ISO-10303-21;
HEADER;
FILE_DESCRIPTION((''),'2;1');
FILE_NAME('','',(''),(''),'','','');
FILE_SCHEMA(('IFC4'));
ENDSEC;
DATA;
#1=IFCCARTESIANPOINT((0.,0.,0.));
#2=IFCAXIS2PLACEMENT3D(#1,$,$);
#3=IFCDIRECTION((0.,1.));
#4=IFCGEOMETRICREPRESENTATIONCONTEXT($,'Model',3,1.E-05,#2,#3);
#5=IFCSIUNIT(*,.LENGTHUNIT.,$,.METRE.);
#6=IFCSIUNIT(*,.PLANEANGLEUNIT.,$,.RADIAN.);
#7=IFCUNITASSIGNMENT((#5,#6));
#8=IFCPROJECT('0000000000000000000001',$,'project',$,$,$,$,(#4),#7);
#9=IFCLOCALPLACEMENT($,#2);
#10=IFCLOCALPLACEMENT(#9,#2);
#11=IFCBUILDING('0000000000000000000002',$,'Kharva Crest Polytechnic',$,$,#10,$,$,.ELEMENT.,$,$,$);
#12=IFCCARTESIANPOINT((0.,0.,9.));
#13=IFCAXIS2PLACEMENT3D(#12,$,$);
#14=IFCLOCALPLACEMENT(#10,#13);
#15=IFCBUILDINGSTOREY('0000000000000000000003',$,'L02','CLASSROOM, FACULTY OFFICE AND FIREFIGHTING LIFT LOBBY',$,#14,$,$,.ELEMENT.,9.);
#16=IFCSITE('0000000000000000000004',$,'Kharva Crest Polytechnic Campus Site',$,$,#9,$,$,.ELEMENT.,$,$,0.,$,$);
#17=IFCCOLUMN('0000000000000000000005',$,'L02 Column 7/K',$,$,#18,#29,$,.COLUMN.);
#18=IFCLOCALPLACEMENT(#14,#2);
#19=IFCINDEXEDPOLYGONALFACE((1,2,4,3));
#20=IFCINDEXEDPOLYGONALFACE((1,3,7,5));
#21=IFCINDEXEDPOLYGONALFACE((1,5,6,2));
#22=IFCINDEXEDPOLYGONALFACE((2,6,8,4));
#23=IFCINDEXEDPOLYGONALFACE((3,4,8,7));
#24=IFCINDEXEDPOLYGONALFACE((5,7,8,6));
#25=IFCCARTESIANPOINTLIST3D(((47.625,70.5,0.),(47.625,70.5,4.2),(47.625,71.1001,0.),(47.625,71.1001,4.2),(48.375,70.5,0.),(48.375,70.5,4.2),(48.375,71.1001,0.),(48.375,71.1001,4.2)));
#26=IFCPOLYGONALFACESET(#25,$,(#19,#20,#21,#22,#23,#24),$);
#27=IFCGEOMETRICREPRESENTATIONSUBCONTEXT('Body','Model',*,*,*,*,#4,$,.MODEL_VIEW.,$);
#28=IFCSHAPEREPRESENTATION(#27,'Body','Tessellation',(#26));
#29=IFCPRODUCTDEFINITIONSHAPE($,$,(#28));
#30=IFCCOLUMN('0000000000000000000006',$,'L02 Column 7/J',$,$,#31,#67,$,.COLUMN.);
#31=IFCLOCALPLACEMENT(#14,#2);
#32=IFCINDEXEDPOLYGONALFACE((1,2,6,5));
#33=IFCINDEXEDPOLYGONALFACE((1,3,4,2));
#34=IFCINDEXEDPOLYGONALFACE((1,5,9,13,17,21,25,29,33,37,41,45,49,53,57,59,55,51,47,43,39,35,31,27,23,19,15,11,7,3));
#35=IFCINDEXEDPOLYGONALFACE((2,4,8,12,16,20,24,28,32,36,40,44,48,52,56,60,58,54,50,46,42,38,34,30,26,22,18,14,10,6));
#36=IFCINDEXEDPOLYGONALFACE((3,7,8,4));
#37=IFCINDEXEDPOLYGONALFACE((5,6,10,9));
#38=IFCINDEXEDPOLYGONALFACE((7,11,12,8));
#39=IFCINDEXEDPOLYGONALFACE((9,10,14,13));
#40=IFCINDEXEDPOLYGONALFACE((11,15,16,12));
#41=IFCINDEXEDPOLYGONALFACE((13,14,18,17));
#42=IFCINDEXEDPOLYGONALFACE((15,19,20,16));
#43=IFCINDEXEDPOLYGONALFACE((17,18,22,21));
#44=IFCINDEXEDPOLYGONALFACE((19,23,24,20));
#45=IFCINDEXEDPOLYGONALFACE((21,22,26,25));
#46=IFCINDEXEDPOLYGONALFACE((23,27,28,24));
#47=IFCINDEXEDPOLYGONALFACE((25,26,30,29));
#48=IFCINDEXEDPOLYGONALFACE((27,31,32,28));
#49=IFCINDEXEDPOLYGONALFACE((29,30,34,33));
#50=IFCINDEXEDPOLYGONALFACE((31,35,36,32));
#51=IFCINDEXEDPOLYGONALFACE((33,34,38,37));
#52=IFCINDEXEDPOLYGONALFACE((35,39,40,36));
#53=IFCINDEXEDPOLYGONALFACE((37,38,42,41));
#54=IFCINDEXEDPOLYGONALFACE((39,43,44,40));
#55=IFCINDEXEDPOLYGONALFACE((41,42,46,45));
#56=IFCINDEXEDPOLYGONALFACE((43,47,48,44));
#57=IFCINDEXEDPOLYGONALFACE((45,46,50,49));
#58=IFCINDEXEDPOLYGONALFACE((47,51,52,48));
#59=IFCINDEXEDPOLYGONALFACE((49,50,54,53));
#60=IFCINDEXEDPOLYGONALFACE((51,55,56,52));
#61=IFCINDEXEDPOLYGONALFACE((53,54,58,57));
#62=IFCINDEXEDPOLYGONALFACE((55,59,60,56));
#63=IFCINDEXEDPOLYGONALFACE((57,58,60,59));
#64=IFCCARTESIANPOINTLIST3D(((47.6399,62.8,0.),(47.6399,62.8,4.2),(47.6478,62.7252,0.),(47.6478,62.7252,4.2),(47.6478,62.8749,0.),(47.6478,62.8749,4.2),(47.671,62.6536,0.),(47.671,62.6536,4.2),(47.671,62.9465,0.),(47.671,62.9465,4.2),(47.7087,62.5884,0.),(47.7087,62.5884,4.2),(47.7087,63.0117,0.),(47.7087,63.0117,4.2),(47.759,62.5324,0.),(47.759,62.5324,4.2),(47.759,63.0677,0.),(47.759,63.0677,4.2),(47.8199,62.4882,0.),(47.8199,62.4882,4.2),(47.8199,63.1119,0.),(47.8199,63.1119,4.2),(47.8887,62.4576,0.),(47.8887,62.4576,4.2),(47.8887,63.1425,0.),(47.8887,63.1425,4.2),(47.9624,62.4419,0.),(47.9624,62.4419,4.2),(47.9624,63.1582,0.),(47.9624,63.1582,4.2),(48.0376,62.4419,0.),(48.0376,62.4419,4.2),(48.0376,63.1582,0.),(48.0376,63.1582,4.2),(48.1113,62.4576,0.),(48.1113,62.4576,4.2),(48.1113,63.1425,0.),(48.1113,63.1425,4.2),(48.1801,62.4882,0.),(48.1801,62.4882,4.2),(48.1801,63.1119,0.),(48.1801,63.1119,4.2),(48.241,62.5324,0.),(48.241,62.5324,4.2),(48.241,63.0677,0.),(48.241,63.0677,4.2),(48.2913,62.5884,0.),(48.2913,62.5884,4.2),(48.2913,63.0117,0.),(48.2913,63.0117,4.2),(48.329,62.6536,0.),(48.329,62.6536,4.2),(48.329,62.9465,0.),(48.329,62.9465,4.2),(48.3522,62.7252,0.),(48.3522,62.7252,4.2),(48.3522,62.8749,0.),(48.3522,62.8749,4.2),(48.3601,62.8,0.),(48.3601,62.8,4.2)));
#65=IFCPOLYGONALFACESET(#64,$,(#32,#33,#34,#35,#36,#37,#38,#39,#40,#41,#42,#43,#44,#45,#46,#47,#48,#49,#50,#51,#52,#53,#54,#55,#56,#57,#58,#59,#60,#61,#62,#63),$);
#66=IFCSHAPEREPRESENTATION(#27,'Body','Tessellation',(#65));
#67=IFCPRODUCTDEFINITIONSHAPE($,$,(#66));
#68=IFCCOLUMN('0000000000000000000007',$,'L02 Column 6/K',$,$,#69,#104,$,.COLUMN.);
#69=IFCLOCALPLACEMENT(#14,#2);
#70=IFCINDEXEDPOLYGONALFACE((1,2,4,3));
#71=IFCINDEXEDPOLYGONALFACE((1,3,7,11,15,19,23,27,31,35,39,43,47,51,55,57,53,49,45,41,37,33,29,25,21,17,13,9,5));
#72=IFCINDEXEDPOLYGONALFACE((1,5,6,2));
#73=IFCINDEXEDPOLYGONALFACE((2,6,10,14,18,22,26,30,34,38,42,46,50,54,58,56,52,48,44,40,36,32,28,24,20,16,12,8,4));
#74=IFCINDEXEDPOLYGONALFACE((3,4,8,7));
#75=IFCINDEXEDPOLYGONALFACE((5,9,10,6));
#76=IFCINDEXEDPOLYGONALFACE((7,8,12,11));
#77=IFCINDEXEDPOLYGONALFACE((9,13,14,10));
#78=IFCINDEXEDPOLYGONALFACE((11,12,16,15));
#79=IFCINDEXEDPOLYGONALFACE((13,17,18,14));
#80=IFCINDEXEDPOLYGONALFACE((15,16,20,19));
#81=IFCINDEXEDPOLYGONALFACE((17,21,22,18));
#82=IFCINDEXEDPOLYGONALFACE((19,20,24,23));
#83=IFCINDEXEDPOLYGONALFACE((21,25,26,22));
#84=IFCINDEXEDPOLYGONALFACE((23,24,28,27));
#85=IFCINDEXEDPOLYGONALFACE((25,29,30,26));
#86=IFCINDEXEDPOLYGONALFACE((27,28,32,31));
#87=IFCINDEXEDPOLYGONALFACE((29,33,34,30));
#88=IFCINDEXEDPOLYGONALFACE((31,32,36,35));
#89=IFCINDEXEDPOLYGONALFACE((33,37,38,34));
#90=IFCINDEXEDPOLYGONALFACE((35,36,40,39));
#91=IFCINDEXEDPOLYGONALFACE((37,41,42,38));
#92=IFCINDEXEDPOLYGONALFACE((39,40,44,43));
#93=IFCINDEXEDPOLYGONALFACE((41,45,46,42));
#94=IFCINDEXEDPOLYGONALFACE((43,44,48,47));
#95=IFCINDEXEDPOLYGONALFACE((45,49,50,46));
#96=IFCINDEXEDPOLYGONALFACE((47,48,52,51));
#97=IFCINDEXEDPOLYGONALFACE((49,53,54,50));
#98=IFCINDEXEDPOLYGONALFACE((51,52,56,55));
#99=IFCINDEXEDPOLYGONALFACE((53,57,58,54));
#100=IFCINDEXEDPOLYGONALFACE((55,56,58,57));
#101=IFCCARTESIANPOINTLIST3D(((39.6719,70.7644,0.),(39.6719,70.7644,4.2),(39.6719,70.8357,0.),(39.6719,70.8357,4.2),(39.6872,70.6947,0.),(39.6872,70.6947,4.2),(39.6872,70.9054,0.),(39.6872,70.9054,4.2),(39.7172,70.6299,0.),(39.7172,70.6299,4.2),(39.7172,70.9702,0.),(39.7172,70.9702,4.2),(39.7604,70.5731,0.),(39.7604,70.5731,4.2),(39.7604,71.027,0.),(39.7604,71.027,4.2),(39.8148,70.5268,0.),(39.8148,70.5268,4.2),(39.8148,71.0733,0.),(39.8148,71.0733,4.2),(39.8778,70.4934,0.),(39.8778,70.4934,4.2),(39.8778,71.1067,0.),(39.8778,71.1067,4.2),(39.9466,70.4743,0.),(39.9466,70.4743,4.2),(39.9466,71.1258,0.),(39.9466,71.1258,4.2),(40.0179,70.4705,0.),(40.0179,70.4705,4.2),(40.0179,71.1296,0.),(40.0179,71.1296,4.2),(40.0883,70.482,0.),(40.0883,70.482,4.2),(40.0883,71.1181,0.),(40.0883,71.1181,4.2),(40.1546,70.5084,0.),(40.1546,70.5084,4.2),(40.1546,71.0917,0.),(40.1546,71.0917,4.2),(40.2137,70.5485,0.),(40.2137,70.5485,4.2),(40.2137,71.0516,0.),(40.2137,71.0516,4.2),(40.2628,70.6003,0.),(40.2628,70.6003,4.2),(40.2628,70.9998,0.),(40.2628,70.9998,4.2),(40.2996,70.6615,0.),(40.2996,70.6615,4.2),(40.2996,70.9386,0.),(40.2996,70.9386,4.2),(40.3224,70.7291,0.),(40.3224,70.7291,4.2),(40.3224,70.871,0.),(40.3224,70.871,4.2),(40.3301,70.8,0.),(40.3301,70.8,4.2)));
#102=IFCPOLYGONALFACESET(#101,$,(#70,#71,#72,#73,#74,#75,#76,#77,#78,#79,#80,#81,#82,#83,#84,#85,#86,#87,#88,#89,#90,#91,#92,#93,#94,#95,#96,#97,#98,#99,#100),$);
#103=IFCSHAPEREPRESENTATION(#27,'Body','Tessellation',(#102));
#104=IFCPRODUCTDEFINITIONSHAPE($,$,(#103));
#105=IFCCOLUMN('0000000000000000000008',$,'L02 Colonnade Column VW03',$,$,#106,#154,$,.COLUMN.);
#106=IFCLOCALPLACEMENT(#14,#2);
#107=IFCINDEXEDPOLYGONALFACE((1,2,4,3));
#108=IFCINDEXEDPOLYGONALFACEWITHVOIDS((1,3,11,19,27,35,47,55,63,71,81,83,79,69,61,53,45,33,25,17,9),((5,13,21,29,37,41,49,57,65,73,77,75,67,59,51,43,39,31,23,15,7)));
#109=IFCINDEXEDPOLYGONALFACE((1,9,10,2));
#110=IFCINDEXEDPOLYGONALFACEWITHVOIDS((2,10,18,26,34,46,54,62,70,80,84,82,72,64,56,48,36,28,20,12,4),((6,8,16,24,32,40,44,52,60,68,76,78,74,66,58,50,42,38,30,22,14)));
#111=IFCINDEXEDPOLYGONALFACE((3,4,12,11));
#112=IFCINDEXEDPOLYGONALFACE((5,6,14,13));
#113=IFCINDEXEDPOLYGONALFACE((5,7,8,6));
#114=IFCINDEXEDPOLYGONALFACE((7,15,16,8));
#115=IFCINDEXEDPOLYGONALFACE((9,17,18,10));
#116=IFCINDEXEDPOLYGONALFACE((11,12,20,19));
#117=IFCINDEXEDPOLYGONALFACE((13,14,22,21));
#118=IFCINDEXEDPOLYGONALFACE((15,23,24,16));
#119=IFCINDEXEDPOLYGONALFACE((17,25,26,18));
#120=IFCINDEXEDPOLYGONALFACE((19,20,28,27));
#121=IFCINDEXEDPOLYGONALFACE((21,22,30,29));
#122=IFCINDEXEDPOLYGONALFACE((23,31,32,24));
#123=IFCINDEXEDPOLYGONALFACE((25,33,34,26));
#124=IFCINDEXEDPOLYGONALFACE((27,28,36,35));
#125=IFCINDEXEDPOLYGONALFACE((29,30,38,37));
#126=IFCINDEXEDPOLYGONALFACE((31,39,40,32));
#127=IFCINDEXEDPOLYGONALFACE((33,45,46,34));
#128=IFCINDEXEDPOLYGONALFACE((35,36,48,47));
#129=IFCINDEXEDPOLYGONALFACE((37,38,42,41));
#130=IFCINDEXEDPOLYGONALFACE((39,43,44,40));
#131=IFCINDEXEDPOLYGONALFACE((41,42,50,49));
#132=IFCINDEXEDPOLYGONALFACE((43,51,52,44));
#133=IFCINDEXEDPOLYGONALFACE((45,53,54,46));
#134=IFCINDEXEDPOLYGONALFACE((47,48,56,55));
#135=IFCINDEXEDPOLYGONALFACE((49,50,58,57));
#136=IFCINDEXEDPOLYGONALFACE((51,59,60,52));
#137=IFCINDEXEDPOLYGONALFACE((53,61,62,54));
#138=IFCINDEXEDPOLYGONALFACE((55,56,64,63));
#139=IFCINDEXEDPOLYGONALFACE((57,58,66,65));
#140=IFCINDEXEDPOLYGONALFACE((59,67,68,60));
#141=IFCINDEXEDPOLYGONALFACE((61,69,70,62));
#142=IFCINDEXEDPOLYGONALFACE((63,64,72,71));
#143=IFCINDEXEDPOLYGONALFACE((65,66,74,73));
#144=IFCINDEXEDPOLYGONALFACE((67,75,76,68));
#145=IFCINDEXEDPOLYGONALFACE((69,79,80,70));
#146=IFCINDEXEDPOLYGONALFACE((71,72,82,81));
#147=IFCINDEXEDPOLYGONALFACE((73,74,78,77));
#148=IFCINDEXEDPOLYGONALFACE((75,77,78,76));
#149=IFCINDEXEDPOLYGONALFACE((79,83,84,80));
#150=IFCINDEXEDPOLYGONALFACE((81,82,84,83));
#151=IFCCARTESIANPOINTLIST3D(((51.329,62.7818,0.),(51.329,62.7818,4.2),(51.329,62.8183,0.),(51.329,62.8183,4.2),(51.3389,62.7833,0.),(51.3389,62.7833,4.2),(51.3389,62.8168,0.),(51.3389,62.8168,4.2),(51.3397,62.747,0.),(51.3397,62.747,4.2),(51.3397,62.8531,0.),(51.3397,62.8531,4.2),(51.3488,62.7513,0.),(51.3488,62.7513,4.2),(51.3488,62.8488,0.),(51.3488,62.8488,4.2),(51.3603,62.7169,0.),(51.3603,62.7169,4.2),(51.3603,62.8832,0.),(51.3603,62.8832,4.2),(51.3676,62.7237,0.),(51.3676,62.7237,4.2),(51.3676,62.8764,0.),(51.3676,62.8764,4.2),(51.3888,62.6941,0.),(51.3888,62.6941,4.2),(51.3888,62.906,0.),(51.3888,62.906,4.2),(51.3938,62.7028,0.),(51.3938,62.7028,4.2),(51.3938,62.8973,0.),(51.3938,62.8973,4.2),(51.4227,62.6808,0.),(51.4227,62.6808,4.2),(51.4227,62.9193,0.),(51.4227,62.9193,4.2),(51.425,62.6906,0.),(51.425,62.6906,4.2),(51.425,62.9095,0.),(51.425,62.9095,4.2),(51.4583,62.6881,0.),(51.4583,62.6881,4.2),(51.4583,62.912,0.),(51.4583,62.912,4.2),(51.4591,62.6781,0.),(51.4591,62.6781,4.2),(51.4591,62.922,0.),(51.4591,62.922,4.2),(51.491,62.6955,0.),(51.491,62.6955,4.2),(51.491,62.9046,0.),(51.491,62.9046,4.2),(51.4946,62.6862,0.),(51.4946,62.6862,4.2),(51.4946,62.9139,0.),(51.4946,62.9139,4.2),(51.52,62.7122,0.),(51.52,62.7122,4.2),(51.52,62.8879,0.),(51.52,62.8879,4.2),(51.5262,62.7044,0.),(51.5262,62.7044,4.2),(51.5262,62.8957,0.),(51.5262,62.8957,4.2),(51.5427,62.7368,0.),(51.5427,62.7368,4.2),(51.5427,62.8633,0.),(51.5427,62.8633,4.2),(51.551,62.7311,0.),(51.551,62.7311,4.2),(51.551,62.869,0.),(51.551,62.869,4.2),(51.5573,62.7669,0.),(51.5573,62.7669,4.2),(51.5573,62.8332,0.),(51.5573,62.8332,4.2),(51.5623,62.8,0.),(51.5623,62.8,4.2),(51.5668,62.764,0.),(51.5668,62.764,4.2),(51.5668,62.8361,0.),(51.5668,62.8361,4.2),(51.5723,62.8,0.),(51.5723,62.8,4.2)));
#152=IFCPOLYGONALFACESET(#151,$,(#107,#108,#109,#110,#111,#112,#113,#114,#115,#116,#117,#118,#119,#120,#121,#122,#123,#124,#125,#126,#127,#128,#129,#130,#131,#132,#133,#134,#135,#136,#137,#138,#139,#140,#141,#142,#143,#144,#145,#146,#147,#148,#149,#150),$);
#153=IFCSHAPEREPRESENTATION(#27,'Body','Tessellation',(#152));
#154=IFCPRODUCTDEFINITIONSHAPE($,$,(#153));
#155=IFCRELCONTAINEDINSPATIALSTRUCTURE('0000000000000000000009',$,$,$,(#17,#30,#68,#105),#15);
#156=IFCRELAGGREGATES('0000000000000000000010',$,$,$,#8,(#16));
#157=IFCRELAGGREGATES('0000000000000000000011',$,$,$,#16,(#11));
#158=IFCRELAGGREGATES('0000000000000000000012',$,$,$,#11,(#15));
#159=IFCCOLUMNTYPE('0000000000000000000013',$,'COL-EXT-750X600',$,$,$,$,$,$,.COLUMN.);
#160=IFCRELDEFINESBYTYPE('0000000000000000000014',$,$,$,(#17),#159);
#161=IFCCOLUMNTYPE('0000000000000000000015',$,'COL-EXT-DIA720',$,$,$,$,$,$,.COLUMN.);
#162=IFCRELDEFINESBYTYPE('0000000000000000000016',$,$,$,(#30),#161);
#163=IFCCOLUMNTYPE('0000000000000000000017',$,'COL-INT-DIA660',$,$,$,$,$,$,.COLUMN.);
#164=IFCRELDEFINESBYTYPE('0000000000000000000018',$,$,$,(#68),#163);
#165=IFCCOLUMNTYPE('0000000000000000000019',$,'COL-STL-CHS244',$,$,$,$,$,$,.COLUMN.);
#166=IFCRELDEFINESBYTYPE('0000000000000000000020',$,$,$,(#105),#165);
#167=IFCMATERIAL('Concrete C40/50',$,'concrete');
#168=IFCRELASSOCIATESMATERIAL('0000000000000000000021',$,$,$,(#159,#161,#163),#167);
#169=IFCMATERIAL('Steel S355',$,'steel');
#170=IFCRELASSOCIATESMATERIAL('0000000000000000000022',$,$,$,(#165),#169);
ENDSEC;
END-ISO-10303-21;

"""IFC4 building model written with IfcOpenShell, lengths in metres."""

from ifc_helpers import new_model, si_unit, direction, frame, origin, origin_2d, place, context, subcontext, project, spatial, rectangle, circle, hollow_circle, extrude, material, material_profile, profile_set, type_object, element, save


model = new_model("IFC4")

# Units and contexts
model_context = context("Model", 3, precision=1e-05, world=origin(), true_north=direction((0.0, 1.0)))
body_context = subcontext(model_context, "Body", "Model", "MODEL_VIEW")
ifc_project = project(units=[si_unit("LENGTHUNIT", "METRE"), si_unit("PLANEANGLEUNIT", "RADIAN")], contexts=[model_context])

# Site, building, storey
site_placement = place(None, origin())
site = spatial("IfcSite", under=ifc_project, at=site_placement, Name="Kharva Crest Polytechnic Campus Site", CompositionType="ELEMENT", RefElevation=0.0)
building_placement = place(site_placement, origin())
building = spatial("IfcBuilding", under=site, at=building_placement, Name="Kharva Crest Polytechnic", CompositionType="ELEMENT")
storey_placement = place(building_placement, frame((0.0, 0.0, 9.0)))
storey = spatial("IfcBuildingStorey", under=building, at=storey_placement, Name="L02", Description="CLASSROOM, FACULTY OFFICE AND FIREFIGHTING LIFT LOBBY", CompositionType="ELEMENT", Elevation=9.0)

# Columns
ifc_material_1 = material(Name="Concrete C40/50", Category="concrete")
ifc_material_profile_1 = material_profile(ifc_material_1, rectangle(XDim=0.75, YDim=0.6001, at=origin_2d()), Name="RECT 750 X 600")
ifc_profile_set_1 = profile_set([ifc_material_profile_1], Name="Concrete C40/50")
column_type_1 = type_object("IfcColumnType", Name="COL-EXT-750X600", PredefinedType="COLUMN", material=ifc_profile_set_1)
column_1_placement = place(storey_placement, frame((48.0, 70.8, 0.0), z_axis=(0.0, 0.0, 1.0), x_axis=(1.0, 0.0, 0.0)))
element("IfcColumn", 1, at=column_1_placement, inside=storey, type_object=column_type_1, Name="L02 Column 7/K", PredefinedType="COLUMN", context=body_context, shape_type="SweptSolid", body=[
    extrude(rectangle(XDim=0.75, YDim=0.6001, at=origin_2d()), origin(), (0.0, 0.0, 1.0), 4.2),
])
ifc_material_profile_2 = material_profile(ifc_material_1, circle(Radius=0.3601, at=origin_2d()), Name="DIA 720")
ifc_profile_set_2 = profile_set([ifc_material_profile_2], Name="Concrete C40/50")
column_type_2 = type_object("IfcColumnType", Name="COL-EXT-DIA720", PredefinedType="COLUMN", material=ifc_profile_set_2)
column_2_placement = place(storey_placement, frame((48.0, 62.8, 0.0), z_axis=(0.0, 0.0, 1.0), x_axis=(1.0, 0.0, 0.0)))
element("IfcColumn", 2, at=column_2_placement, inside=storey, type_object=column_type_2, Name="L02 Column 7/J", PredefinedType="COLUMN", context=body_context, shape_type="SweptSolid", body=[
    extrude(circle(Radius=0.3601, at=origin_2d()), origin(), (0.0, 0.0, 1.0), 4.2),
])
ifc_material_profile_3 = material_profile(ifc_material_1, circle(Radius=0.3301, at=origin_2d()), Name="DIA 660")
ifc_profile_set_3 = profile_set([ifc_material_profile_3], Name="Concrete C40/50")
column_type_3 = type_object("IfcColumnType", Name="COL-INT-DIA660", PredefinedType="COLUMN", material=ifc_profile_set_3)
column_3_placement = place(storey_placement, frame((40.0, 70.8, 0.0), z_axis=(0.0, 0.0, 1.0), x_axis=(1.0, 0.0, 0.0)))
element("IfcColumn", 3, at=column_3_placement, inside=storey, type_object=column_type_3, Name="L02 Column 6/K", PredefinedType="COLUMN", context=body_context, shape_type="SweptSolid", body=[
    extrude(circle(Radius=0.3301, at=origin_2d()), origin(), (0.0, 0.0, 1.0), 4.2),
])
ifc_material_2 = material(Name="Steel S355", Category="steel")
ifc_material_profile_4 = material_profile(ifc_material_2, hollow_circle(Radius=0.1223, WallThickness=0.01, at=origin_2d()), Name="CHS 244.5X10.0")
ifc_profile_set_4 = profile_set([ifc_material_profile_4], Name="Steel S355")
column_type_4 = type_object("IfcColumnType", Name="COL-STL-CHS244", PredefinedType="COLUMN", material=ifc_profile_set_4)
for number, where, z_axis, x_axis, name in (
    (4, (51.45, 62.8, 0.0), (0.0, 0.0, 1.0), (1.0, 0.0, 0.0), "L02 Colonnade Column VW03"),
):
    element("IfcColumn", number, at=place(storey_placement, frame(where, z_axis=z_axis, x_axis=x_axis)), inside=storey, type_object=column_type_4, Name=name, PredefinedType="COLUMN", context=body_context, shape_type="SweptSolid", body=[
        extrude(hollow_circle(Radius=0.1223, WallThickness=0.01, at=origin_2d()), origin(), (0.0, 0.0, 1.0), 4.2),
    ])

save(model, "model.ifc")
